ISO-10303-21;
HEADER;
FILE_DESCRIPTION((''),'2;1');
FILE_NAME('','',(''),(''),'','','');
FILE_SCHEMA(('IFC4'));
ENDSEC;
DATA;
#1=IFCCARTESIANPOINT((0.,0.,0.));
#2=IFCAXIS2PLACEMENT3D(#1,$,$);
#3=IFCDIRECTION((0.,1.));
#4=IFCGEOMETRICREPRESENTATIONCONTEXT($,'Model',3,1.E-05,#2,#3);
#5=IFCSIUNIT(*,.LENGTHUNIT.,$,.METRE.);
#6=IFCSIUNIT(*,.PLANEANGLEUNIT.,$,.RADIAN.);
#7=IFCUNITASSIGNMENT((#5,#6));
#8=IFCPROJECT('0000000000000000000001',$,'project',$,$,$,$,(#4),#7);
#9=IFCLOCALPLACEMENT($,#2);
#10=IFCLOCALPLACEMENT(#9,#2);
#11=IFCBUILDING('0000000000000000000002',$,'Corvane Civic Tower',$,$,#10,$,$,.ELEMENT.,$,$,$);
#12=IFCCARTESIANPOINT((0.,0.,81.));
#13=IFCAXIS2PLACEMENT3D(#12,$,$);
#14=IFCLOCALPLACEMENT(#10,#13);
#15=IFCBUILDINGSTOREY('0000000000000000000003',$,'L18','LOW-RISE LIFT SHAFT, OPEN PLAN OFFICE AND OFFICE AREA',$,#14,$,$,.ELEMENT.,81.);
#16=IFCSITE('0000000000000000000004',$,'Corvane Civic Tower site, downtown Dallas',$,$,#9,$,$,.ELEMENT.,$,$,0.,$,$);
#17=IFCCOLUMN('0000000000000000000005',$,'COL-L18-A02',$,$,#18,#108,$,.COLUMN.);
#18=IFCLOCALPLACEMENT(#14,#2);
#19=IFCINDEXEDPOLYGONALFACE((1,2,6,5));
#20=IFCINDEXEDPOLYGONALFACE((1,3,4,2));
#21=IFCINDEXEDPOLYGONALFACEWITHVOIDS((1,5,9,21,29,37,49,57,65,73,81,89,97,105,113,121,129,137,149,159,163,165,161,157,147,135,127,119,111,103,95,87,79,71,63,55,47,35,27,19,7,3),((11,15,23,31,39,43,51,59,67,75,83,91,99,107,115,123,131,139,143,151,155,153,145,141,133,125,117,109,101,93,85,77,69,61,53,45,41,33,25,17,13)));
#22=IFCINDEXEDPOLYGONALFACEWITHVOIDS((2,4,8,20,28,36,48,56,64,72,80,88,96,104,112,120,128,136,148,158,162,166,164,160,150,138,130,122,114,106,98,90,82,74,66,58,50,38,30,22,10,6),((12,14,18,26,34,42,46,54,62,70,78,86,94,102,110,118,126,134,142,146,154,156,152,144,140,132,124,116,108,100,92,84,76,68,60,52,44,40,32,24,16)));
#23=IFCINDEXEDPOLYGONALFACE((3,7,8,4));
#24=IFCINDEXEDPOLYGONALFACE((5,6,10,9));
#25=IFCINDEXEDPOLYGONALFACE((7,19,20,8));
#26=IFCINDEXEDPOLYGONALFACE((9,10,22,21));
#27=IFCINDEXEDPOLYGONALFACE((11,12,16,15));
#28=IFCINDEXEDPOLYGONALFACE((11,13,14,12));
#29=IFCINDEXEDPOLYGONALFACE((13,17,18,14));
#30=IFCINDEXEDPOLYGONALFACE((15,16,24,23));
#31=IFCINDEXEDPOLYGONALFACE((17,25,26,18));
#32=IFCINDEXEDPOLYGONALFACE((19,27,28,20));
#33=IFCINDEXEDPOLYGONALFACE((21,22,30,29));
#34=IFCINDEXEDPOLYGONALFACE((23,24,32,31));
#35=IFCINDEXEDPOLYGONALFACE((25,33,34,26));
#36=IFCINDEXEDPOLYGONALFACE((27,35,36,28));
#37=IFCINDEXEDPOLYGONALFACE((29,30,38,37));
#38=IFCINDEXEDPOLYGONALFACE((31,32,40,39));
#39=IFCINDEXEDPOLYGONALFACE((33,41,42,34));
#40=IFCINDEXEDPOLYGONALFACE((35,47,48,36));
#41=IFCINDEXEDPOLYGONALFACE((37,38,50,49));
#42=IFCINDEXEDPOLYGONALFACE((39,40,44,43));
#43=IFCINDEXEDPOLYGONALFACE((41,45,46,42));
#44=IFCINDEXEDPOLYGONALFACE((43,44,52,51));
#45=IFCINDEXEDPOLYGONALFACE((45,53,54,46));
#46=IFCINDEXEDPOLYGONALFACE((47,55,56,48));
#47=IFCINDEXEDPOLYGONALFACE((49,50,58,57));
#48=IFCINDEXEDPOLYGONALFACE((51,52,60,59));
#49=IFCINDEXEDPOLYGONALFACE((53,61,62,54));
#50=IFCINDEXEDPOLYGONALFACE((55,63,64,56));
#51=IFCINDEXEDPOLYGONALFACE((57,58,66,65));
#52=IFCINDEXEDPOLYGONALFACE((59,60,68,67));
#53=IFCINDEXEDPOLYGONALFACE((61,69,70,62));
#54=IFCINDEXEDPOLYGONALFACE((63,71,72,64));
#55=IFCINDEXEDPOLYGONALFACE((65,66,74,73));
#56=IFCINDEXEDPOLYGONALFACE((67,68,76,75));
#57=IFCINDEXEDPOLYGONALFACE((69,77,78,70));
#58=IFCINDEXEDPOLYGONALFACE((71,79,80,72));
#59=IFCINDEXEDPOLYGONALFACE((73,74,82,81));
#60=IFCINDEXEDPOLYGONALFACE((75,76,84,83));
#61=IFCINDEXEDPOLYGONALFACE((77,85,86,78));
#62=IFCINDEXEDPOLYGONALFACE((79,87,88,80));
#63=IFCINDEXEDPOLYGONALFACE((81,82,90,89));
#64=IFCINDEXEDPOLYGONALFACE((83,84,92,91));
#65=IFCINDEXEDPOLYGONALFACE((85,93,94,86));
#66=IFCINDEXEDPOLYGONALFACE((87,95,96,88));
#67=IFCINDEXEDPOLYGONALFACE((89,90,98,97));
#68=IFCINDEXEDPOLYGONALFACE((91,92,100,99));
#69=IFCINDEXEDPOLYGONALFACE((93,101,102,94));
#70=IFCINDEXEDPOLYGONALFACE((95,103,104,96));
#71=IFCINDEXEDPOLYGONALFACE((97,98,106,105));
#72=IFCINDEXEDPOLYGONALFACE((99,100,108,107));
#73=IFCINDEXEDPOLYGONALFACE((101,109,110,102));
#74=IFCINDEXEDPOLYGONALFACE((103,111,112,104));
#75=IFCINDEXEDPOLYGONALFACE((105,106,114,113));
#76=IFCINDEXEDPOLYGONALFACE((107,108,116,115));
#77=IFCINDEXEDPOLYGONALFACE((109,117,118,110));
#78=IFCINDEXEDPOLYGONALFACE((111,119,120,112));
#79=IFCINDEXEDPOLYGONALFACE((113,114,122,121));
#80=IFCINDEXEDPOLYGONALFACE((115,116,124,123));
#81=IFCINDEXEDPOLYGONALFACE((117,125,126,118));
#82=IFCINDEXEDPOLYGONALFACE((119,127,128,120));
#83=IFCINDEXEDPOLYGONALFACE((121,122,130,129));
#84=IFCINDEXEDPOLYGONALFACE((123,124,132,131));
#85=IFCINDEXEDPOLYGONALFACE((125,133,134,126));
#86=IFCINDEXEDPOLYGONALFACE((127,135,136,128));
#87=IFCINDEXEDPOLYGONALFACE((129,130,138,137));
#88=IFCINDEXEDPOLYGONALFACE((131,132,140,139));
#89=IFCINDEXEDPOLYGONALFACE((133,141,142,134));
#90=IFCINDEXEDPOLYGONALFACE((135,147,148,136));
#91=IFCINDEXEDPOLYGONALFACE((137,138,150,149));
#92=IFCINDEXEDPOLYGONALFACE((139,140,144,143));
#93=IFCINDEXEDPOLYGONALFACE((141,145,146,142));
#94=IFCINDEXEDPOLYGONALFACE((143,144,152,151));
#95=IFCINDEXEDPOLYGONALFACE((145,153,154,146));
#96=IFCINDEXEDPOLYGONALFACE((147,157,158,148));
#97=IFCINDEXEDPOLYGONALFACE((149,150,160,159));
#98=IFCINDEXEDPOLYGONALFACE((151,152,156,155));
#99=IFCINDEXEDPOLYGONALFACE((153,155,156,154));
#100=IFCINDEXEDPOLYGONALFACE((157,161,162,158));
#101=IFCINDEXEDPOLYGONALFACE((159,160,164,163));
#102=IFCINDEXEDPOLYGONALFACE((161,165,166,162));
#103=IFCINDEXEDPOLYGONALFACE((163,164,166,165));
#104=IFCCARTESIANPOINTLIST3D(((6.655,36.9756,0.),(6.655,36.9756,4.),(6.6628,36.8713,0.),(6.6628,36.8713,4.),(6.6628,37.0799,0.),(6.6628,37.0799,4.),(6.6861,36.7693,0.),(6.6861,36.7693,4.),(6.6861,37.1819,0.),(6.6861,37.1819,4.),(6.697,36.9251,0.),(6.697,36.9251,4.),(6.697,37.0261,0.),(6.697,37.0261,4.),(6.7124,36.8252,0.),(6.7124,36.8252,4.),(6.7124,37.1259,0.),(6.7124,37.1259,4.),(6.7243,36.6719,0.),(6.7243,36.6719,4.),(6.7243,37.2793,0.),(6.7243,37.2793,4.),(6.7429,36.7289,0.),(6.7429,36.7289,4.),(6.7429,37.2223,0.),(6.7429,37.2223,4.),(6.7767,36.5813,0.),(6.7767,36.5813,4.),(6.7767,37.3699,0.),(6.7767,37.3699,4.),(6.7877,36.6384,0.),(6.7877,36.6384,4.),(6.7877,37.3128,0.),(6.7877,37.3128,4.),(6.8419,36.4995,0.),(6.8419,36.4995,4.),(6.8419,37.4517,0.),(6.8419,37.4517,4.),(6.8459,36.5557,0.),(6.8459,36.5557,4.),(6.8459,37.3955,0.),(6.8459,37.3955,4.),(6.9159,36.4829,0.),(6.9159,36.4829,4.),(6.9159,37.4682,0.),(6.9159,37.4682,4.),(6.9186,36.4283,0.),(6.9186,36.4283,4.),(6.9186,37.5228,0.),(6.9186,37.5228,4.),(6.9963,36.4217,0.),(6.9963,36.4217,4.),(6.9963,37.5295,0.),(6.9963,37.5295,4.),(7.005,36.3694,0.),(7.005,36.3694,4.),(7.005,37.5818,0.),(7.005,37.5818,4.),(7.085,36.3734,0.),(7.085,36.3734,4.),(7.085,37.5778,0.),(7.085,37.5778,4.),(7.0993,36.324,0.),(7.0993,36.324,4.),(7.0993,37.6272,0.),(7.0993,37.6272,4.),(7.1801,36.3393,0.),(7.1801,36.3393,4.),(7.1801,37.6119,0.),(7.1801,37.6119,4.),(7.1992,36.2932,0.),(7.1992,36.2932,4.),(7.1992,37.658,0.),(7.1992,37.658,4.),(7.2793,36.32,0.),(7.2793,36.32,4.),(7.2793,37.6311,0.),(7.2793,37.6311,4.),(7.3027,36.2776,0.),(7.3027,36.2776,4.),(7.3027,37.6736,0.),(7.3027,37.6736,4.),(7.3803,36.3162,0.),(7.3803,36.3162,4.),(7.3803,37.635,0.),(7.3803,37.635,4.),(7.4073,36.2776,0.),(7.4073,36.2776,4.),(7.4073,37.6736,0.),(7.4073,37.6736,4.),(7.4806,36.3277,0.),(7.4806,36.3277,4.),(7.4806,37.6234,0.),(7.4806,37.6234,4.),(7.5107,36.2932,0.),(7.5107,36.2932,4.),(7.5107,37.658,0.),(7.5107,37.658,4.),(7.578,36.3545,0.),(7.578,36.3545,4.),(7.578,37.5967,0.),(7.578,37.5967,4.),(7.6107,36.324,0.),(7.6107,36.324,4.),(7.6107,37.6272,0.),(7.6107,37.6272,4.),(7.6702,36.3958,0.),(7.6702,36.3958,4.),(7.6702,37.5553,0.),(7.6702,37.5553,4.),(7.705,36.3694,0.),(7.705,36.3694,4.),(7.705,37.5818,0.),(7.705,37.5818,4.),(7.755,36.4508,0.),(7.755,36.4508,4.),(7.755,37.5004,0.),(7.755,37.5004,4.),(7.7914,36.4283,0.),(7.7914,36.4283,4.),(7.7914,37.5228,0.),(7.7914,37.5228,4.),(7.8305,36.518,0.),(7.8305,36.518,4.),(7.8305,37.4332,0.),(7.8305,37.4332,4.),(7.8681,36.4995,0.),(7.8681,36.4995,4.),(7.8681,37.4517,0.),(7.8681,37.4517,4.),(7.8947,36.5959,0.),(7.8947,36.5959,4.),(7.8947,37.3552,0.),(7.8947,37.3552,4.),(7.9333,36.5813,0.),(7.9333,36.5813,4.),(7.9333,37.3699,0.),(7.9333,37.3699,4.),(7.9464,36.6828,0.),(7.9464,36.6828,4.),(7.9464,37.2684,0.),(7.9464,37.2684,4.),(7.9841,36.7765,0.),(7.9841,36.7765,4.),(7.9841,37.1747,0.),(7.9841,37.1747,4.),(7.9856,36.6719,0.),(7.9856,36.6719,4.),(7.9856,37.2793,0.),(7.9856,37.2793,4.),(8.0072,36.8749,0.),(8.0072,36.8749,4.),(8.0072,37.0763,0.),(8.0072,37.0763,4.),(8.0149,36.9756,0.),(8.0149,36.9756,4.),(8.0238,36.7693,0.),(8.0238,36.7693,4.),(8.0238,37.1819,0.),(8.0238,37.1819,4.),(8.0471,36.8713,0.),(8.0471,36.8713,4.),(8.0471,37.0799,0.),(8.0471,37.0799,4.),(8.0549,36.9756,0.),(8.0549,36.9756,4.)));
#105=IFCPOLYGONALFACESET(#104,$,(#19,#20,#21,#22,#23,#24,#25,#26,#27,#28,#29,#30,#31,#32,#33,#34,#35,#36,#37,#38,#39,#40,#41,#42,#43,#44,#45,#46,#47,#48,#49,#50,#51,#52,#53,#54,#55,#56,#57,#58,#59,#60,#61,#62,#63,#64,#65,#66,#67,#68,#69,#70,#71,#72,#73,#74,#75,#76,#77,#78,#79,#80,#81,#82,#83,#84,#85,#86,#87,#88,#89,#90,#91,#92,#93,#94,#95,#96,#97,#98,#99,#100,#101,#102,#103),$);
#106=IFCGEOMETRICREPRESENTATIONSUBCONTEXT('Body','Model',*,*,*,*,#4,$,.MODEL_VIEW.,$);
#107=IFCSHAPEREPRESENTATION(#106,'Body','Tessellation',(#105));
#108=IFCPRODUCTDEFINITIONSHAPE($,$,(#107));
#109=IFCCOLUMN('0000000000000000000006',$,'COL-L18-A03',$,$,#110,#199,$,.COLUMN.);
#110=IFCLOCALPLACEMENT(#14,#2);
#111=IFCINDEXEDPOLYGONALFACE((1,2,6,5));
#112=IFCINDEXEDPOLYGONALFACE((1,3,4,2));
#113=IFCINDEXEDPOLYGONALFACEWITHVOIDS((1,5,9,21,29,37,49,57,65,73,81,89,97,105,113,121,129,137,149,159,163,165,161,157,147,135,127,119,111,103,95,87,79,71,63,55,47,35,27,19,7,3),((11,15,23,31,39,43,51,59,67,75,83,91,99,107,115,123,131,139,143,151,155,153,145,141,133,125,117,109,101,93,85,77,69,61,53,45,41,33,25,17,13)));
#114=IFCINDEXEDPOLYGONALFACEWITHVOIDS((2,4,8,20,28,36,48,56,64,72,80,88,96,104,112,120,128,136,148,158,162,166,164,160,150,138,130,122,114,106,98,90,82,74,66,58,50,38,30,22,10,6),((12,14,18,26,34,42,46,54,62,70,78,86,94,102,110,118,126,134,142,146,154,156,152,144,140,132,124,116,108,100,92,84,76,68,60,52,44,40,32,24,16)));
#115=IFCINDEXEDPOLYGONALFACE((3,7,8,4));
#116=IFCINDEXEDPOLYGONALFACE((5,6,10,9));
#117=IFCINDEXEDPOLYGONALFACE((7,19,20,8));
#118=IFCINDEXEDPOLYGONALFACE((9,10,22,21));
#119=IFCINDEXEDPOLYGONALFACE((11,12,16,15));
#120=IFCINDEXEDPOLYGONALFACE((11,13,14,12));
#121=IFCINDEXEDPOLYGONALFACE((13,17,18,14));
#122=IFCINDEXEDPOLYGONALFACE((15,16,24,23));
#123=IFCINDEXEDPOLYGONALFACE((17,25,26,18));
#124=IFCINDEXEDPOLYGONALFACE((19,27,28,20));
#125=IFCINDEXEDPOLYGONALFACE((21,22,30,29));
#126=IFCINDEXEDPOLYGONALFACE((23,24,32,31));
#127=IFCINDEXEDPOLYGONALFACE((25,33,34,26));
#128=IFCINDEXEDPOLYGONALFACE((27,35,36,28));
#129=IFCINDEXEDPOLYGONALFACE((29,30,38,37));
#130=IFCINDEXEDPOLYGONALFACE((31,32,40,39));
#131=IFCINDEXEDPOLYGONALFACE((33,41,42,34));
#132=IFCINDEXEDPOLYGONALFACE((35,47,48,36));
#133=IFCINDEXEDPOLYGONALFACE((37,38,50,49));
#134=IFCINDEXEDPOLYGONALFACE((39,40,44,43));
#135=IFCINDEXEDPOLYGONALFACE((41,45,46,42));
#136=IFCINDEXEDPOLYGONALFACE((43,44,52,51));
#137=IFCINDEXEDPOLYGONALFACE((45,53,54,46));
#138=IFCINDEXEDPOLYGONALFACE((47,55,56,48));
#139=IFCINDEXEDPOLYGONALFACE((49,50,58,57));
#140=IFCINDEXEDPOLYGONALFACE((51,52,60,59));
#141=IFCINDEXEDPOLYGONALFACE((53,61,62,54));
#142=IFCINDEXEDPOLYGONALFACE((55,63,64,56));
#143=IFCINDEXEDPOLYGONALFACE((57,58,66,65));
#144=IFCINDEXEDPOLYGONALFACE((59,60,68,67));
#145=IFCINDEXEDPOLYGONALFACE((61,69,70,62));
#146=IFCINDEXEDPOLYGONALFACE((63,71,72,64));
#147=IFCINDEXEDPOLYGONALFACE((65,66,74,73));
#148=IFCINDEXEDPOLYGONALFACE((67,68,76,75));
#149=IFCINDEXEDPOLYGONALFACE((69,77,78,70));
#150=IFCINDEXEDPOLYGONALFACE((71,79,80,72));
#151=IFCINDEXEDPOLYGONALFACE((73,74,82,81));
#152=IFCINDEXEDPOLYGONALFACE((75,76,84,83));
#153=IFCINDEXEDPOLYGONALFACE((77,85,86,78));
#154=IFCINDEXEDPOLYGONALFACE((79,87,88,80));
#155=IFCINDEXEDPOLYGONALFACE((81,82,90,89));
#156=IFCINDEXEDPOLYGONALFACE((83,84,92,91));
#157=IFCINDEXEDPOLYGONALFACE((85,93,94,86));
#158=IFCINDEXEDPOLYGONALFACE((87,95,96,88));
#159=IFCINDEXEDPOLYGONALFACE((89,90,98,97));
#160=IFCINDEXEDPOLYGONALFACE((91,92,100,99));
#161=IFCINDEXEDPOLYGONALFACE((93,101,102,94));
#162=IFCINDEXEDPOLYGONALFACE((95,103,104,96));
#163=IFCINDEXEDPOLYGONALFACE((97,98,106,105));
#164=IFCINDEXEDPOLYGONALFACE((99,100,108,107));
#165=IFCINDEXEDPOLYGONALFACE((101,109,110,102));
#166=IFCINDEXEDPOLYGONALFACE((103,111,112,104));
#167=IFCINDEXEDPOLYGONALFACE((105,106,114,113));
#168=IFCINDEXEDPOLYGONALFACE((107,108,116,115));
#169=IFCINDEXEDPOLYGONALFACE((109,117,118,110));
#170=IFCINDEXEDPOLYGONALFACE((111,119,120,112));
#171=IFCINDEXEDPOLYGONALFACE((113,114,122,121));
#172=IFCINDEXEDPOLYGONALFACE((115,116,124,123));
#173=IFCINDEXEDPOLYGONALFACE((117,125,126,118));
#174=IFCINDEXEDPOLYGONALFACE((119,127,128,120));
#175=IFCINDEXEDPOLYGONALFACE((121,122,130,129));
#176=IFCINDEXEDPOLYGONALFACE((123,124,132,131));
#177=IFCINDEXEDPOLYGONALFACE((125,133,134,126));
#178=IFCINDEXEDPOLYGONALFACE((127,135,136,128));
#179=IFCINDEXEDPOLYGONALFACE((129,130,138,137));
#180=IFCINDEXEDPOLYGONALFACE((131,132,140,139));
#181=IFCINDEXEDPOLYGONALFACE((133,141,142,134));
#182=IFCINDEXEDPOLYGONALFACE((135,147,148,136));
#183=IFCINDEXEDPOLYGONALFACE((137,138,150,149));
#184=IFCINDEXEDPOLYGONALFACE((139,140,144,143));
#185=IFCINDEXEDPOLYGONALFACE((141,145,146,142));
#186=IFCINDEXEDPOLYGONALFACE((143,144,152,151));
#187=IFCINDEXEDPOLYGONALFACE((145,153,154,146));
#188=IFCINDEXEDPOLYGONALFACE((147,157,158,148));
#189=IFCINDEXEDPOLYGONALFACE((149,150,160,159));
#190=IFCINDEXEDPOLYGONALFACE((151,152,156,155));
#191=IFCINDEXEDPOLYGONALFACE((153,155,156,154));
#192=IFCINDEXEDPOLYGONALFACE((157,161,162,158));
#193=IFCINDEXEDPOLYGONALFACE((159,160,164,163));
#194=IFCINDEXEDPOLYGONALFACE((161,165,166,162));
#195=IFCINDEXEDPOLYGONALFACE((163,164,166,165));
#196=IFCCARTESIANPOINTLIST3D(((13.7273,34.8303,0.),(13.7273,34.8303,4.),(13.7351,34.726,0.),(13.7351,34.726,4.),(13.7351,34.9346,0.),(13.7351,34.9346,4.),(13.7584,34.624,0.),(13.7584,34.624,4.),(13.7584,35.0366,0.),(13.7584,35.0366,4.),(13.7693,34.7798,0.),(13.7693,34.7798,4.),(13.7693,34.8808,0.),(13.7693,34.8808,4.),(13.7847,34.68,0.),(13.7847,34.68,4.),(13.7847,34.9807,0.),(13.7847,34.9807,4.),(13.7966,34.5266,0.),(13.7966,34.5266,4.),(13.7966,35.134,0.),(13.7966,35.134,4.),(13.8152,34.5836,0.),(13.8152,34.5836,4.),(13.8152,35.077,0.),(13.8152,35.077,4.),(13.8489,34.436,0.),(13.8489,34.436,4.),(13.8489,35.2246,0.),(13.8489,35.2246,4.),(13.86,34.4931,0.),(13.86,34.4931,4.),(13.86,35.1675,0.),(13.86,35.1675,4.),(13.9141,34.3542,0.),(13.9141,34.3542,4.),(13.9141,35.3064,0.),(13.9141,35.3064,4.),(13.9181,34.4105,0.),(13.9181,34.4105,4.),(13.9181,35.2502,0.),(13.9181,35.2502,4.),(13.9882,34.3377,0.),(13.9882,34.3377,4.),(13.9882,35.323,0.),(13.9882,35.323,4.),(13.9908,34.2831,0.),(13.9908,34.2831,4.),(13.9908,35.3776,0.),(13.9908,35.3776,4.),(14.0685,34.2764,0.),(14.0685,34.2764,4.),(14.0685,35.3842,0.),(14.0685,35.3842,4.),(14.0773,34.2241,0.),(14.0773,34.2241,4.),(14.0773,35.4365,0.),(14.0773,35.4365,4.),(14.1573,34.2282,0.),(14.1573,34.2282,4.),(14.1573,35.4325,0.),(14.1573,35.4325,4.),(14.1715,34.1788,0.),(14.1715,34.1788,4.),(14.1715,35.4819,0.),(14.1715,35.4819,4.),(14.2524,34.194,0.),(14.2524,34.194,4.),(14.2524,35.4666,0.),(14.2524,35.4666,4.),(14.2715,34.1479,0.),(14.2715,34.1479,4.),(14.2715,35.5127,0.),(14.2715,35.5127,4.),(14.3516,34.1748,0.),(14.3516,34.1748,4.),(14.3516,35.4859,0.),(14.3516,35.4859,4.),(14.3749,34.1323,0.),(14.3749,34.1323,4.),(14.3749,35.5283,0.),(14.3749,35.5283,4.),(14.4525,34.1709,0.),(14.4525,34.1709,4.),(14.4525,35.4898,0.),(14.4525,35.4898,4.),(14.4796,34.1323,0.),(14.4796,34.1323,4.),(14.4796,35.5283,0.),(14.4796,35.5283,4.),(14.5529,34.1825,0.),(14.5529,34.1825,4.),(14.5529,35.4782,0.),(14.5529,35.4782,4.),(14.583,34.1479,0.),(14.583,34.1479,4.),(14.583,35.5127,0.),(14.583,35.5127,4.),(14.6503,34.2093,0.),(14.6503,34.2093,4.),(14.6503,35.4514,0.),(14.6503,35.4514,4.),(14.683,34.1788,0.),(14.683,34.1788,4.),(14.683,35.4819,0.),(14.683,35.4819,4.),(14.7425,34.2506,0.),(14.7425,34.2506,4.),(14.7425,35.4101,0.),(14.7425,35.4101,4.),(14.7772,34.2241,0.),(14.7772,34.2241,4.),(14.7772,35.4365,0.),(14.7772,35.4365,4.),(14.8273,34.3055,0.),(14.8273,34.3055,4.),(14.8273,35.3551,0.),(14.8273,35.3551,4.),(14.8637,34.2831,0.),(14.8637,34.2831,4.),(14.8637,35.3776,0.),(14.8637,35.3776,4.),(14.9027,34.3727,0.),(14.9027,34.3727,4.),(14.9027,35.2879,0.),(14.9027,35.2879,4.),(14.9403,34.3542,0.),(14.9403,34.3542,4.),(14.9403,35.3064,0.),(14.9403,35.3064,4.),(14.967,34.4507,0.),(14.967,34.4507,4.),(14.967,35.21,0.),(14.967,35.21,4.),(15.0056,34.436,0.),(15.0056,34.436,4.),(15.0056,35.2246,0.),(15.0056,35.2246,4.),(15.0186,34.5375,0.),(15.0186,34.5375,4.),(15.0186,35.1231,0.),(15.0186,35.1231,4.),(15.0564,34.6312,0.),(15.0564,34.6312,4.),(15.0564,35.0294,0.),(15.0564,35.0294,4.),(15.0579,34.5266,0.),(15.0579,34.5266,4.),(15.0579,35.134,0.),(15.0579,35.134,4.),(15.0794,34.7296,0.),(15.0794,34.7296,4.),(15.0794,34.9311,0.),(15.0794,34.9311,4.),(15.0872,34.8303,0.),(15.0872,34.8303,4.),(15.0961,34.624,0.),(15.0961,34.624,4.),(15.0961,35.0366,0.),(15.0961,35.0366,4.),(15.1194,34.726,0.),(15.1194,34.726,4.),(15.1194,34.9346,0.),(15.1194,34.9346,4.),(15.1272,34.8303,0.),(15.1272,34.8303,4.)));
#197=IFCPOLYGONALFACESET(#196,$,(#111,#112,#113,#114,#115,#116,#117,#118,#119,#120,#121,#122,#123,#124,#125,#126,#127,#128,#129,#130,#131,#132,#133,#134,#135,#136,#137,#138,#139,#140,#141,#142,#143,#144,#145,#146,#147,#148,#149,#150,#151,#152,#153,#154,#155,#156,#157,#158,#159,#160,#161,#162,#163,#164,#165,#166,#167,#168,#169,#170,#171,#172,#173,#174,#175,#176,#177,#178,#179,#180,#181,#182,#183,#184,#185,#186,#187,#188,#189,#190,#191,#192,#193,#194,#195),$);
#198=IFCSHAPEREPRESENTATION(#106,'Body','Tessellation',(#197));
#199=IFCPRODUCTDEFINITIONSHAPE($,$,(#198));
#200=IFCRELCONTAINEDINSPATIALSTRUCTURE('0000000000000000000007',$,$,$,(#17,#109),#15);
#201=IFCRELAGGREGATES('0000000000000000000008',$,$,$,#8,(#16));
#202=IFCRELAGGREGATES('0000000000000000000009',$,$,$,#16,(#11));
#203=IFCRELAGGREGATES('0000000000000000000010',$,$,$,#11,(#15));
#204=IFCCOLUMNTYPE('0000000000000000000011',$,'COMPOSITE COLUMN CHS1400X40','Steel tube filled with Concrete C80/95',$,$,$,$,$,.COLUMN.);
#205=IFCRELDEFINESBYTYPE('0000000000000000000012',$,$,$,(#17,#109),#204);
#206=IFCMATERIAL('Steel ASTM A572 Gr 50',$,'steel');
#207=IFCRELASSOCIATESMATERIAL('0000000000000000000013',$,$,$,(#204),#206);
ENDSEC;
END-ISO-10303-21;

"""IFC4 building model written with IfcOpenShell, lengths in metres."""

from ifc_helpers import new_model, si_unit, direction, frame, origin, origin_2d, place, context, subcontext, project, spatial, hollow_circle, extrude, material, material_profile, profile_set, type_object, element, save


model = new_model("IFC4")

# Units and contexts
model_context = context("Model", 3, precision=1e-05, world=origin(), true_north=direction((0.0, 1.0)))
body_context = subcontext(model_context, "Body", "Model", "MODEL_VIEW")
ifc_project = project(units=[si_unit("LENGTHUNIT", "METRE"), si_unit("PLANEANGLEUNIT", "RADIAN")], contexts=[model_context])

# Site, building, storey
site_placement = place(None, origin())
site = spatial("IfcSite", under=ifc_project, at=site_placement, Name="Corvane Civic Tower site, downtown Dallas", CompositionType="ELEMENT", RefElevation=0.0)
building_placement = place(site_placement, origin())
building = spatial("IfcBuilding", under=site, at=building_placement, Name="Corvane Civic Tower", CompositionType="ELEMENT")
storey_placement = place(building_placement, frame((0.0, 0.0, 81.0)))
storey = spatial("IfcBuildingStorey", under=building, at=storey_placement, Name="L18", Description="LOW-RISE LIFT SHAFT, OPEN PLAN OFFICE AND OFFICE AREA", CompositionType="ELEMENT", Elevation=81.0)

# Columns
ifc_material_1 = material(Name="Steel ASTM A572 Gr 50", Category="steel")
ifc_material_profile_1 = material_profile(ifc_material_1, hollow_circle(Radius=0.7, WallThickness=0.04, at=origin_2d()), Name="CHS1400X40")
ifc_profile_set_1 = profile_set([ifc_material_profile_1], Name="Steel ASTM A572 Gr 50")
column_type = type_object("IfcColumnType", Name="COMPOSITE COLUMN CHS1400X40", Description="Steel tube filled with Concrete C80/95", PredefinedType="COLUMN", material=ifc_profile_set_1)
for number, where, z_axis, x_axis, name in (
    (1, (7.355, 36.9756, 0.0), (0.0, 0.0, 1.0), (1.0, 0.0, 0.0), "COL-L18-A02"),
    (2, (14.4272, 34.8303, 0.0), (0.0, 0.0, 1.0), (1.0, 0.0, 0.0), "COL-L18-A03"),
):
    element("IfcColumn", number, at=place(storey_placement, frame(where, z_axis=z_axis, x_axis=x_axis)), inside=storey, type_object=column_type, Name=name, PredefinedType="COLUMN", context=body_context, shape_type="SweptSolid", body=[
        extrude(hollow_circle(Radius=0.7, WallThickness=0.04, at=origin_2d()), origin(), (0.0, 0.0, 1.0), 4.0),
    ])

save(model, "model.ifc")
